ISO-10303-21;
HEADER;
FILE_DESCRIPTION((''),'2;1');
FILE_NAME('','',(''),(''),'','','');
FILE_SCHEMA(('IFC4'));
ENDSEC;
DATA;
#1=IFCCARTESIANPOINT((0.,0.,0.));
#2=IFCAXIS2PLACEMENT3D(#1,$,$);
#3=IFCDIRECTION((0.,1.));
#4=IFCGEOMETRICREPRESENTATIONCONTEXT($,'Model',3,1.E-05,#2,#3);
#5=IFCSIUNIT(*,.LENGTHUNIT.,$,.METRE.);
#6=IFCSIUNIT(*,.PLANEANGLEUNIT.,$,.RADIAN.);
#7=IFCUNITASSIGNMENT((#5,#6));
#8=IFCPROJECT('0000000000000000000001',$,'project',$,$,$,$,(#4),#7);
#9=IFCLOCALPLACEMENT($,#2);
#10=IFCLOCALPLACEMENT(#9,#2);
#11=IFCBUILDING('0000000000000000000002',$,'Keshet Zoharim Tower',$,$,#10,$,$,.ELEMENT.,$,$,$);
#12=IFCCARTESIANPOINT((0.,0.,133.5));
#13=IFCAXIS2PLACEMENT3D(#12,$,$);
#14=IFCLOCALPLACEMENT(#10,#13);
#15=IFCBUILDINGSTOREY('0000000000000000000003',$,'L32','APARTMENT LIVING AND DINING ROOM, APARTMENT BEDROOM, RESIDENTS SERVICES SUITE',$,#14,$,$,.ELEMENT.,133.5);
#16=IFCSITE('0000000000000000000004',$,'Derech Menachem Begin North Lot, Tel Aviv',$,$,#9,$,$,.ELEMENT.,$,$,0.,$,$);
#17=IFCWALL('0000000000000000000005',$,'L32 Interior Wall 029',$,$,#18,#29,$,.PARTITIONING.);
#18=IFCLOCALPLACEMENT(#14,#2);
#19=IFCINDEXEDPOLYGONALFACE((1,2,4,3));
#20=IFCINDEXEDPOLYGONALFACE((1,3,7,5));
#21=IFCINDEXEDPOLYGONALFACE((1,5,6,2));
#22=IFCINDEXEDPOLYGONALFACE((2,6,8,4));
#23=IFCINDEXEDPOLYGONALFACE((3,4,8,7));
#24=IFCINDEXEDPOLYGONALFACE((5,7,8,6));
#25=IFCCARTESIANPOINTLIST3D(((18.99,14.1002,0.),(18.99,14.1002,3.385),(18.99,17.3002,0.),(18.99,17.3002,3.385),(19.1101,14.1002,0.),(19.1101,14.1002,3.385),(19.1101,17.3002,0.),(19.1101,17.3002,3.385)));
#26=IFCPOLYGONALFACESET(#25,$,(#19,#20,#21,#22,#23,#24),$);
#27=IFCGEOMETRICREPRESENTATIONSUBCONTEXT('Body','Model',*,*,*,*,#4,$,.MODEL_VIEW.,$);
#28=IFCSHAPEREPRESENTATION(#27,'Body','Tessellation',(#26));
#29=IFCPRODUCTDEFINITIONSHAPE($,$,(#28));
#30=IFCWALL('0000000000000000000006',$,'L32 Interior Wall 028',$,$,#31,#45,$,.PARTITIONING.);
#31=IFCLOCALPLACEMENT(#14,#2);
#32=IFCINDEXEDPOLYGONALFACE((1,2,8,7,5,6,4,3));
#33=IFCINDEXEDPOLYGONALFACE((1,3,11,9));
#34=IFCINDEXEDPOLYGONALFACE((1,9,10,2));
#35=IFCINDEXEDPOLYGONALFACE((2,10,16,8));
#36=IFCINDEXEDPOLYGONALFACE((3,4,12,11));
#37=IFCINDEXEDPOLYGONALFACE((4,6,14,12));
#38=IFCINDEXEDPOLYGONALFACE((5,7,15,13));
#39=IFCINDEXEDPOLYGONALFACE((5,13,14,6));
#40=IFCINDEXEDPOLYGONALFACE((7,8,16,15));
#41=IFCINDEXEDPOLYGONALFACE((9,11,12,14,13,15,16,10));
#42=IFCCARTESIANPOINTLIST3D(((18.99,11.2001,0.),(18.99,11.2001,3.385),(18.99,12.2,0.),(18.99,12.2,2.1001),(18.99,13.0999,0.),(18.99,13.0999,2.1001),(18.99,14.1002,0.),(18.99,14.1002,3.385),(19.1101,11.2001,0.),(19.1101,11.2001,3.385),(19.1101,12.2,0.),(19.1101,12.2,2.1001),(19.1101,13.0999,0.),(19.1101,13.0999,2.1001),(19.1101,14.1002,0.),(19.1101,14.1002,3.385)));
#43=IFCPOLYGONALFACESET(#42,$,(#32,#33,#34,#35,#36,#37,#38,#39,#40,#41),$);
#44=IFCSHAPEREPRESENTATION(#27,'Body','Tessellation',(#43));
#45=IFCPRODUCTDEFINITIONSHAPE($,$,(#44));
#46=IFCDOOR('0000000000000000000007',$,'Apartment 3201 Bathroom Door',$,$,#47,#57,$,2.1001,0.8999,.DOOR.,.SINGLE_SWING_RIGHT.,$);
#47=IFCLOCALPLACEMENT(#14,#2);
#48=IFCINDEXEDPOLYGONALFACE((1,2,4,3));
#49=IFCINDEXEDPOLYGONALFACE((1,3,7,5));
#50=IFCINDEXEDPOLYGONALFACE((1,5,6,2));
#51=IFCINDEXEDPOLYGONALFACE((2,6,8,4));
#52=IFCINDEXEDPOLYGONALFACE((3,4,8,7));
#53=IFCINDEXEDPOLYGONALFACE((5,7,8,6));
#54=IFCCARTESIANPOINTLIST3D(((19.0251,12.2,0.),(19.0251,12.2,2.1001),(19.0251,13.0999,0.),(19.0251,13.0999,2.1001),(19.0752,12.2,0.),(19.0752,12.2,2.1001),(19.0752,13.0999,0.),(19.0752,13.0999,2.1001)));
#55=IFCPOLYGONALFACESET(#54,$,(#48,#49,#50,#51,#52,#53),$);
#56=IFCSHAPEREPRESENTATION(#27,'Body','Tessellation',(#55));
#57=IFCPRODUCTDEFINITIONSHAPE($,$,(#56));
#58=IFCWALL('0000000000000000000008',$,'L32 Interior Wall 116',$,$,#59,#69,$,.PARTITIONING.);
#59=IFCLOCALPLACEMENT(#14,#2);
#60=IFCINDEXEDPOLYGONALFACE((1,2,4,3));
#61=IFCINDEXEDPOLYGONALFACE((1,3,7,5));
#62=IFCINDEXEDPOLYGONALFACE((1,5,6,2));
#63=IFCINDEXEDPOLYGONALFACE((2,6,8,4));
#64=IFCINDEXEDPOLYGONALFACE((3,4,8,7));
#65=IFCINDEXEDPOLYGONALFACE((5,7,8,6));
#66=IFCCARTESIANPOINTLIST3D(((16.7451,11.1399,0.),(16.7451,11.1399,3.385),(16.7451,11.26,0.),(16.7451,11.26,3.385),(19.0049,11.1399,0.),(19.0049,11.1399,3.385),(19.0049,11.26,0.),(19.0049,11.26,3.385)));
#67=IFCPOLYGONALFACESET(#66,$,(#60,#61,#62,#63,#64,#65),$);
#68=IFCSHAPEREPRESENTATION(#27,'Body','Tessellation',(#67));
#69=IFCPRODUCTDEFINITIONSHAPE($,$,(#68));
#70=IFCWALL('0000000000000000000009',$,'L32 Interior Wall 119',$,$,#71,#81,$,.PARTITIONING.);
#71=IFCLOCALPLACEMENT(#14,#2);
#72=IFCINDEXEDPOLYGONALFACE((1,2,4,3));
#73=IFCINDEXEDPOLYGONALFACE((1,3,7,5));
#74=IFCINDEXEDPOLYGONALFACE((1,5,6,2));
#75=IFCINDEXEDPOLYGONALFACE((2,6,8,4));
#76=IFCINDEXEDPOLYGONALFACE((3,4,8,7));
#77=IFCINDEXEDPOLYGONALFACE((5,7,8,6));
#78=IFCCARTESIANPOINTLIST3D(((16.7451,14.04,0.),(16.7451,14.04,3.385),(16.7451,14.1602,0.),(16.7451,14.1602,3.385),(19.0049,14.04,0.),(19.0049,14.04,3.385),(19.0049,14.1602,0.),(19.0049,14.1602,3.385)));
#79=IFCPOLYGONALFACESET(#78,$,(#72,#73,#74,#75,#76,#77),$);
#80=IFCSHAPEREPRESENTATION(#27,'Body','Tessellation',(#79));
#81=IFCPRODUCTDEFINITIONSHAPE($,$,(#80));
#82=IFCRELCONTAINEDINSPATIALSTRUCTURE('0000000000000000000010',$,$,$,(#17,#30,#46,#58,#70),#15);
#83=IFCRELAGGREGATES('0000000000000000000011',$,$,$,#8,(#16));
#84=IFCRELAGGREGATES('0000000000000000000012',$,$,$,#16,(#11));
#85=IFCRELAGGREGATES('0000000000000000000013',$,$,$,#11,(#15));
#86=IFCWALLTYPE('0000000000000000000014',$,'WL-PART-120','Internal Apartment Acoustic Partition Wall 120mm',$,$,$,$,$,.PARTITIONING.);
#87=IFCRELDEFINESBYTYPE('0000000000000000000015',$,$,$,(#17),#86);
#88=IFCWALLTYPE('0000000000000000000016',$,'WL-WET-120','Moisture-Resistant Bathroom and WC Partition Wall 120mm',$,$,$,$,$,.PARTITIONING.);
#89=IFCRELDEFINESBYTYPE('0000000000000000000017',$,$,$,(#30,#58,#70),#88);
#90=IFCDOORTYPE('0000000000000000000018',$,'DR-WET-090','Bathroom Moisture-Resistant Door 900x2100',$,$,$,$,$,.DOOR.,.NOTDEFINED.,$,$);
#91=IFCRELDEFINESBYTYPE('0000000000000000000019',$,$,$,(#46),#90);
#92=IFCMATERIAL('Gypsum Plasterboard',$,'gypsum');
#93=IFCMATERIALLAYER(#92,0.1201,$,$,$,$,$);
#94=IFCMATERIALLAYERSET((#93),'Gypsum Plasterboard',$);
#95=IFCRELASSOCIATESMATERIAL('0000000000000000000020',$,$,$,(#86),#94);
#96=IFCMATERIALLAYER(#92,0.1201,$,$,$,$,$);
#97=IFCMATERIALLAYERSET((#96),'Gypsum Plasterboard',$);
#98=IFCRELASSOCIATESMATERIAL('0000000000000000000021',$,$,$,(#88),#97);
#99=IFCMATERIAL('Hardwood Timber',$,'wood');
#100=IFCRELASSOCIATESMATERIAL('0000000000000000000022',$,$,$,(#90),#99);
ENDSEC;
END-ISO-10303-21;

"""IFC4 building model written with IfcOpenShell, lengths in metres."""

from ifc_helpers import new_model, si_unit, direction, frame, frame_2d, origin, place, context, subcontext, project, spatial, rectangle, extrude, material, layer, layer_set, type_object, element, fill, save


model = new_model("IFC4")

# Units and contexts
model_context = context("Model", 3, precision=1e-05, world=origin(), true_north=direction((0.0, 1.0)))
body_context = subcontext(model_context, "Body", "Model", "MODEL_VIEW")
ifc_project = project(units=[si_unit("LENGTHUNIT", "METRE"), si_unit("PLANEANGLEUNIT", "RADIAN")], contexts=[model_context])

# Site, building, storey
site_placement = place(None, origin())
site = spatial("IfcSite", under=ifc_project, at=site_placement, Name="Derech Menachem Begin North Lot, Tel Aviv", CompositionType="ELEMENT", RefElevation=0.0)
building_placement = place(site_placement, origin())
building = spatial("IfcBuilding", under=site, at=building_placement, Name="Keshet Zoharim Tower", CompositionType="ELEMENT")
storey_placement = place(building_placement, frame((0.0, 0.0, 133.5)))
storey = spatial("IfcBuildingStorey", under=building, at=storey_placement, Name="L32", Description="APARTMENT LIVING AND DINING ROOM, APARTMENT BEDROOM, RESIDENTS SERVICES SUITE", CompositionType="ELEMENT", Elevation=133.5)

# Shared definitions
ifc_material_1 = material(Name="Gypsum Plasterboard", Category="gypsum")
ifc_material_2 = material(Name="Hardwood Timber", Category="wood")

# Shared definitions
ifc_layer_1 = layer(ifc_material_1, 0.1201)
ifc_layer_set_1 = layer_set([ifc_layer_1], Name="Gypsum Plasterboard")
wall_type_1 = type_object("IfcWallType", Name="WL-PART-120", Description="Internal Apartment Acoustic Partition Wall 120mm", PredefinedType="PARTITIONING", material=ifc_layer_set_1)

# Wall
wall_1_placement = place(storey_placement, frame((19.05, 14.1001, 0.0), z_axis=(0.0, 0.0, 1.0), x_axis=(0.0, 1.0, 0.0)))
element("IfcWall", 1, at=wall_1_placement, inside=storey, type_object=wall_type_1, Name="L32 Interior Wall 029", PredefinedType="PARTITIONING", context=body_context, shape_type="SweptSolid", body=[
    extrude(rectangle(XDim=3.2, YDim=0.1201, at=frame_2d((1.6001, 0.0))), origin(), (0.0, 0.0, 1.0), 3.385),
])

# Wall, opening, door
ifc_layer_2 = layer(ifc_material_1, 0.1201)
ifc_layer_set_2 = layer_set([ifc_layer_2], Name="Gypsum Plasterboard")
wall_type_2 = type_object("IfcWallType", Name="WL-WET-120", Description="Moisture-Resistant Bathroom and WC Partition Wall 120mm", PredefinedType="PARTITIONING", material=ifc_layer_set_2)
wall_2_placement = place(storey_placement, frame((19.05, 11.2, 0.0), z_axis=(0.0, 0.0, 1.0), x_axis=(0.0, 1.0, 0.0)))
wall_2 = element("IfcWall", 2, at=wall_2_placement, inside=storey, type_object=wall_type_2, Name="L32 Interior Wall 028", PredefinedType="PARTITIONING", context=body_context, shape_type="SweptSolid", body=[
    extrude(rectangle(XDim=2.9001, YDim=0.1201, at=frame_2d((1.4502, 0.0))), origin(), (0.0, 0.0, 1.0), 3.385),
])
opening_1_placement = place(wall_2_placement, frame((1.0, 0.0, 0.0)))
opening_1 = element("IfcOpeningElement", 3, at=opening_1_placement, cuts=wall_2, PredefinedType="OPENING", context=body_context, shape_type="SweptSolid", body=[
    extrude(rectangle(XDim=0.8999, YDim=2.1001, at=frame_2d((0.45, 1.05))), frame((0.0, 0.0701, 0.0), z_axis=(0.0, -1.0, 0.0), x_axis=(1.0, 0.0, 0.0)), (0.0, 0.0, 1.0), 0.1401),
])
door_type_1 = type_object("IfcDoorType", Name="DR-WET-090", Description="Bathroom Moisture-Resistant Door 900x2100", OperationType="NOTDEFINED", PredefinedType="DOOR", material=ifc_material_2)
door_1_placement = place(opening_1_placement, origin())
door_1 = element("IfcDoor", 4, at=door_1_placement, inside=storey, type_object=door_type_1, Name="Apartment 3201 Bathroom Door", OperationType="SINGLE_SWING_RIGHT", OverallHeight=2.1001, OverallWidth=0.8999, PredefinedType="DOOR", context=body_context, shape_type="SweptSolid", body=[
    extrude(rectangle(XDim=0.8999, YDim=2.1001, at=frame_2d((0.45, 1.05))), frame((0.0, 0.0249, 0.0), z_axis=(0.0, -1.0, 0.0), x_axis=(1.0, 0.0, 0.0)), (0.0, 0.0, 1.0), 0.05),
])
fill(opening_1, door_1)

# Walls
for number, where, z_axis, x_axis, name in (
    (5, (16.7451, 11.2, 0.0), (0.0, 0.0, 1.0), (1.0, 0.0, 0.0), "L32 Interior Wall 116"),
    (6, (16.7451, 14.1001, 0.0), (0.0, 0.0, 1.0), (1.0, 0.0, 0.0), "L32 Interior Wall 119"),
):
    element("IfcWall", number, at=place(storey_placement, frame(where, z_axis=z_axis, x_axis=x_axis)), inside=storey, type_object=wall_type_2, Name=name, PredefinedType="PARTITIONING", context=body_context, shape_type="SweptSolid", body=[
        extrude(rectangle(XDim=2.2598, YDim=0.1201, at=frame_2d((1.1299, 0.0))), origin(), (0.0, 0.0, 1.0), 3.385),
    ])

save(model, "model.ifc")
